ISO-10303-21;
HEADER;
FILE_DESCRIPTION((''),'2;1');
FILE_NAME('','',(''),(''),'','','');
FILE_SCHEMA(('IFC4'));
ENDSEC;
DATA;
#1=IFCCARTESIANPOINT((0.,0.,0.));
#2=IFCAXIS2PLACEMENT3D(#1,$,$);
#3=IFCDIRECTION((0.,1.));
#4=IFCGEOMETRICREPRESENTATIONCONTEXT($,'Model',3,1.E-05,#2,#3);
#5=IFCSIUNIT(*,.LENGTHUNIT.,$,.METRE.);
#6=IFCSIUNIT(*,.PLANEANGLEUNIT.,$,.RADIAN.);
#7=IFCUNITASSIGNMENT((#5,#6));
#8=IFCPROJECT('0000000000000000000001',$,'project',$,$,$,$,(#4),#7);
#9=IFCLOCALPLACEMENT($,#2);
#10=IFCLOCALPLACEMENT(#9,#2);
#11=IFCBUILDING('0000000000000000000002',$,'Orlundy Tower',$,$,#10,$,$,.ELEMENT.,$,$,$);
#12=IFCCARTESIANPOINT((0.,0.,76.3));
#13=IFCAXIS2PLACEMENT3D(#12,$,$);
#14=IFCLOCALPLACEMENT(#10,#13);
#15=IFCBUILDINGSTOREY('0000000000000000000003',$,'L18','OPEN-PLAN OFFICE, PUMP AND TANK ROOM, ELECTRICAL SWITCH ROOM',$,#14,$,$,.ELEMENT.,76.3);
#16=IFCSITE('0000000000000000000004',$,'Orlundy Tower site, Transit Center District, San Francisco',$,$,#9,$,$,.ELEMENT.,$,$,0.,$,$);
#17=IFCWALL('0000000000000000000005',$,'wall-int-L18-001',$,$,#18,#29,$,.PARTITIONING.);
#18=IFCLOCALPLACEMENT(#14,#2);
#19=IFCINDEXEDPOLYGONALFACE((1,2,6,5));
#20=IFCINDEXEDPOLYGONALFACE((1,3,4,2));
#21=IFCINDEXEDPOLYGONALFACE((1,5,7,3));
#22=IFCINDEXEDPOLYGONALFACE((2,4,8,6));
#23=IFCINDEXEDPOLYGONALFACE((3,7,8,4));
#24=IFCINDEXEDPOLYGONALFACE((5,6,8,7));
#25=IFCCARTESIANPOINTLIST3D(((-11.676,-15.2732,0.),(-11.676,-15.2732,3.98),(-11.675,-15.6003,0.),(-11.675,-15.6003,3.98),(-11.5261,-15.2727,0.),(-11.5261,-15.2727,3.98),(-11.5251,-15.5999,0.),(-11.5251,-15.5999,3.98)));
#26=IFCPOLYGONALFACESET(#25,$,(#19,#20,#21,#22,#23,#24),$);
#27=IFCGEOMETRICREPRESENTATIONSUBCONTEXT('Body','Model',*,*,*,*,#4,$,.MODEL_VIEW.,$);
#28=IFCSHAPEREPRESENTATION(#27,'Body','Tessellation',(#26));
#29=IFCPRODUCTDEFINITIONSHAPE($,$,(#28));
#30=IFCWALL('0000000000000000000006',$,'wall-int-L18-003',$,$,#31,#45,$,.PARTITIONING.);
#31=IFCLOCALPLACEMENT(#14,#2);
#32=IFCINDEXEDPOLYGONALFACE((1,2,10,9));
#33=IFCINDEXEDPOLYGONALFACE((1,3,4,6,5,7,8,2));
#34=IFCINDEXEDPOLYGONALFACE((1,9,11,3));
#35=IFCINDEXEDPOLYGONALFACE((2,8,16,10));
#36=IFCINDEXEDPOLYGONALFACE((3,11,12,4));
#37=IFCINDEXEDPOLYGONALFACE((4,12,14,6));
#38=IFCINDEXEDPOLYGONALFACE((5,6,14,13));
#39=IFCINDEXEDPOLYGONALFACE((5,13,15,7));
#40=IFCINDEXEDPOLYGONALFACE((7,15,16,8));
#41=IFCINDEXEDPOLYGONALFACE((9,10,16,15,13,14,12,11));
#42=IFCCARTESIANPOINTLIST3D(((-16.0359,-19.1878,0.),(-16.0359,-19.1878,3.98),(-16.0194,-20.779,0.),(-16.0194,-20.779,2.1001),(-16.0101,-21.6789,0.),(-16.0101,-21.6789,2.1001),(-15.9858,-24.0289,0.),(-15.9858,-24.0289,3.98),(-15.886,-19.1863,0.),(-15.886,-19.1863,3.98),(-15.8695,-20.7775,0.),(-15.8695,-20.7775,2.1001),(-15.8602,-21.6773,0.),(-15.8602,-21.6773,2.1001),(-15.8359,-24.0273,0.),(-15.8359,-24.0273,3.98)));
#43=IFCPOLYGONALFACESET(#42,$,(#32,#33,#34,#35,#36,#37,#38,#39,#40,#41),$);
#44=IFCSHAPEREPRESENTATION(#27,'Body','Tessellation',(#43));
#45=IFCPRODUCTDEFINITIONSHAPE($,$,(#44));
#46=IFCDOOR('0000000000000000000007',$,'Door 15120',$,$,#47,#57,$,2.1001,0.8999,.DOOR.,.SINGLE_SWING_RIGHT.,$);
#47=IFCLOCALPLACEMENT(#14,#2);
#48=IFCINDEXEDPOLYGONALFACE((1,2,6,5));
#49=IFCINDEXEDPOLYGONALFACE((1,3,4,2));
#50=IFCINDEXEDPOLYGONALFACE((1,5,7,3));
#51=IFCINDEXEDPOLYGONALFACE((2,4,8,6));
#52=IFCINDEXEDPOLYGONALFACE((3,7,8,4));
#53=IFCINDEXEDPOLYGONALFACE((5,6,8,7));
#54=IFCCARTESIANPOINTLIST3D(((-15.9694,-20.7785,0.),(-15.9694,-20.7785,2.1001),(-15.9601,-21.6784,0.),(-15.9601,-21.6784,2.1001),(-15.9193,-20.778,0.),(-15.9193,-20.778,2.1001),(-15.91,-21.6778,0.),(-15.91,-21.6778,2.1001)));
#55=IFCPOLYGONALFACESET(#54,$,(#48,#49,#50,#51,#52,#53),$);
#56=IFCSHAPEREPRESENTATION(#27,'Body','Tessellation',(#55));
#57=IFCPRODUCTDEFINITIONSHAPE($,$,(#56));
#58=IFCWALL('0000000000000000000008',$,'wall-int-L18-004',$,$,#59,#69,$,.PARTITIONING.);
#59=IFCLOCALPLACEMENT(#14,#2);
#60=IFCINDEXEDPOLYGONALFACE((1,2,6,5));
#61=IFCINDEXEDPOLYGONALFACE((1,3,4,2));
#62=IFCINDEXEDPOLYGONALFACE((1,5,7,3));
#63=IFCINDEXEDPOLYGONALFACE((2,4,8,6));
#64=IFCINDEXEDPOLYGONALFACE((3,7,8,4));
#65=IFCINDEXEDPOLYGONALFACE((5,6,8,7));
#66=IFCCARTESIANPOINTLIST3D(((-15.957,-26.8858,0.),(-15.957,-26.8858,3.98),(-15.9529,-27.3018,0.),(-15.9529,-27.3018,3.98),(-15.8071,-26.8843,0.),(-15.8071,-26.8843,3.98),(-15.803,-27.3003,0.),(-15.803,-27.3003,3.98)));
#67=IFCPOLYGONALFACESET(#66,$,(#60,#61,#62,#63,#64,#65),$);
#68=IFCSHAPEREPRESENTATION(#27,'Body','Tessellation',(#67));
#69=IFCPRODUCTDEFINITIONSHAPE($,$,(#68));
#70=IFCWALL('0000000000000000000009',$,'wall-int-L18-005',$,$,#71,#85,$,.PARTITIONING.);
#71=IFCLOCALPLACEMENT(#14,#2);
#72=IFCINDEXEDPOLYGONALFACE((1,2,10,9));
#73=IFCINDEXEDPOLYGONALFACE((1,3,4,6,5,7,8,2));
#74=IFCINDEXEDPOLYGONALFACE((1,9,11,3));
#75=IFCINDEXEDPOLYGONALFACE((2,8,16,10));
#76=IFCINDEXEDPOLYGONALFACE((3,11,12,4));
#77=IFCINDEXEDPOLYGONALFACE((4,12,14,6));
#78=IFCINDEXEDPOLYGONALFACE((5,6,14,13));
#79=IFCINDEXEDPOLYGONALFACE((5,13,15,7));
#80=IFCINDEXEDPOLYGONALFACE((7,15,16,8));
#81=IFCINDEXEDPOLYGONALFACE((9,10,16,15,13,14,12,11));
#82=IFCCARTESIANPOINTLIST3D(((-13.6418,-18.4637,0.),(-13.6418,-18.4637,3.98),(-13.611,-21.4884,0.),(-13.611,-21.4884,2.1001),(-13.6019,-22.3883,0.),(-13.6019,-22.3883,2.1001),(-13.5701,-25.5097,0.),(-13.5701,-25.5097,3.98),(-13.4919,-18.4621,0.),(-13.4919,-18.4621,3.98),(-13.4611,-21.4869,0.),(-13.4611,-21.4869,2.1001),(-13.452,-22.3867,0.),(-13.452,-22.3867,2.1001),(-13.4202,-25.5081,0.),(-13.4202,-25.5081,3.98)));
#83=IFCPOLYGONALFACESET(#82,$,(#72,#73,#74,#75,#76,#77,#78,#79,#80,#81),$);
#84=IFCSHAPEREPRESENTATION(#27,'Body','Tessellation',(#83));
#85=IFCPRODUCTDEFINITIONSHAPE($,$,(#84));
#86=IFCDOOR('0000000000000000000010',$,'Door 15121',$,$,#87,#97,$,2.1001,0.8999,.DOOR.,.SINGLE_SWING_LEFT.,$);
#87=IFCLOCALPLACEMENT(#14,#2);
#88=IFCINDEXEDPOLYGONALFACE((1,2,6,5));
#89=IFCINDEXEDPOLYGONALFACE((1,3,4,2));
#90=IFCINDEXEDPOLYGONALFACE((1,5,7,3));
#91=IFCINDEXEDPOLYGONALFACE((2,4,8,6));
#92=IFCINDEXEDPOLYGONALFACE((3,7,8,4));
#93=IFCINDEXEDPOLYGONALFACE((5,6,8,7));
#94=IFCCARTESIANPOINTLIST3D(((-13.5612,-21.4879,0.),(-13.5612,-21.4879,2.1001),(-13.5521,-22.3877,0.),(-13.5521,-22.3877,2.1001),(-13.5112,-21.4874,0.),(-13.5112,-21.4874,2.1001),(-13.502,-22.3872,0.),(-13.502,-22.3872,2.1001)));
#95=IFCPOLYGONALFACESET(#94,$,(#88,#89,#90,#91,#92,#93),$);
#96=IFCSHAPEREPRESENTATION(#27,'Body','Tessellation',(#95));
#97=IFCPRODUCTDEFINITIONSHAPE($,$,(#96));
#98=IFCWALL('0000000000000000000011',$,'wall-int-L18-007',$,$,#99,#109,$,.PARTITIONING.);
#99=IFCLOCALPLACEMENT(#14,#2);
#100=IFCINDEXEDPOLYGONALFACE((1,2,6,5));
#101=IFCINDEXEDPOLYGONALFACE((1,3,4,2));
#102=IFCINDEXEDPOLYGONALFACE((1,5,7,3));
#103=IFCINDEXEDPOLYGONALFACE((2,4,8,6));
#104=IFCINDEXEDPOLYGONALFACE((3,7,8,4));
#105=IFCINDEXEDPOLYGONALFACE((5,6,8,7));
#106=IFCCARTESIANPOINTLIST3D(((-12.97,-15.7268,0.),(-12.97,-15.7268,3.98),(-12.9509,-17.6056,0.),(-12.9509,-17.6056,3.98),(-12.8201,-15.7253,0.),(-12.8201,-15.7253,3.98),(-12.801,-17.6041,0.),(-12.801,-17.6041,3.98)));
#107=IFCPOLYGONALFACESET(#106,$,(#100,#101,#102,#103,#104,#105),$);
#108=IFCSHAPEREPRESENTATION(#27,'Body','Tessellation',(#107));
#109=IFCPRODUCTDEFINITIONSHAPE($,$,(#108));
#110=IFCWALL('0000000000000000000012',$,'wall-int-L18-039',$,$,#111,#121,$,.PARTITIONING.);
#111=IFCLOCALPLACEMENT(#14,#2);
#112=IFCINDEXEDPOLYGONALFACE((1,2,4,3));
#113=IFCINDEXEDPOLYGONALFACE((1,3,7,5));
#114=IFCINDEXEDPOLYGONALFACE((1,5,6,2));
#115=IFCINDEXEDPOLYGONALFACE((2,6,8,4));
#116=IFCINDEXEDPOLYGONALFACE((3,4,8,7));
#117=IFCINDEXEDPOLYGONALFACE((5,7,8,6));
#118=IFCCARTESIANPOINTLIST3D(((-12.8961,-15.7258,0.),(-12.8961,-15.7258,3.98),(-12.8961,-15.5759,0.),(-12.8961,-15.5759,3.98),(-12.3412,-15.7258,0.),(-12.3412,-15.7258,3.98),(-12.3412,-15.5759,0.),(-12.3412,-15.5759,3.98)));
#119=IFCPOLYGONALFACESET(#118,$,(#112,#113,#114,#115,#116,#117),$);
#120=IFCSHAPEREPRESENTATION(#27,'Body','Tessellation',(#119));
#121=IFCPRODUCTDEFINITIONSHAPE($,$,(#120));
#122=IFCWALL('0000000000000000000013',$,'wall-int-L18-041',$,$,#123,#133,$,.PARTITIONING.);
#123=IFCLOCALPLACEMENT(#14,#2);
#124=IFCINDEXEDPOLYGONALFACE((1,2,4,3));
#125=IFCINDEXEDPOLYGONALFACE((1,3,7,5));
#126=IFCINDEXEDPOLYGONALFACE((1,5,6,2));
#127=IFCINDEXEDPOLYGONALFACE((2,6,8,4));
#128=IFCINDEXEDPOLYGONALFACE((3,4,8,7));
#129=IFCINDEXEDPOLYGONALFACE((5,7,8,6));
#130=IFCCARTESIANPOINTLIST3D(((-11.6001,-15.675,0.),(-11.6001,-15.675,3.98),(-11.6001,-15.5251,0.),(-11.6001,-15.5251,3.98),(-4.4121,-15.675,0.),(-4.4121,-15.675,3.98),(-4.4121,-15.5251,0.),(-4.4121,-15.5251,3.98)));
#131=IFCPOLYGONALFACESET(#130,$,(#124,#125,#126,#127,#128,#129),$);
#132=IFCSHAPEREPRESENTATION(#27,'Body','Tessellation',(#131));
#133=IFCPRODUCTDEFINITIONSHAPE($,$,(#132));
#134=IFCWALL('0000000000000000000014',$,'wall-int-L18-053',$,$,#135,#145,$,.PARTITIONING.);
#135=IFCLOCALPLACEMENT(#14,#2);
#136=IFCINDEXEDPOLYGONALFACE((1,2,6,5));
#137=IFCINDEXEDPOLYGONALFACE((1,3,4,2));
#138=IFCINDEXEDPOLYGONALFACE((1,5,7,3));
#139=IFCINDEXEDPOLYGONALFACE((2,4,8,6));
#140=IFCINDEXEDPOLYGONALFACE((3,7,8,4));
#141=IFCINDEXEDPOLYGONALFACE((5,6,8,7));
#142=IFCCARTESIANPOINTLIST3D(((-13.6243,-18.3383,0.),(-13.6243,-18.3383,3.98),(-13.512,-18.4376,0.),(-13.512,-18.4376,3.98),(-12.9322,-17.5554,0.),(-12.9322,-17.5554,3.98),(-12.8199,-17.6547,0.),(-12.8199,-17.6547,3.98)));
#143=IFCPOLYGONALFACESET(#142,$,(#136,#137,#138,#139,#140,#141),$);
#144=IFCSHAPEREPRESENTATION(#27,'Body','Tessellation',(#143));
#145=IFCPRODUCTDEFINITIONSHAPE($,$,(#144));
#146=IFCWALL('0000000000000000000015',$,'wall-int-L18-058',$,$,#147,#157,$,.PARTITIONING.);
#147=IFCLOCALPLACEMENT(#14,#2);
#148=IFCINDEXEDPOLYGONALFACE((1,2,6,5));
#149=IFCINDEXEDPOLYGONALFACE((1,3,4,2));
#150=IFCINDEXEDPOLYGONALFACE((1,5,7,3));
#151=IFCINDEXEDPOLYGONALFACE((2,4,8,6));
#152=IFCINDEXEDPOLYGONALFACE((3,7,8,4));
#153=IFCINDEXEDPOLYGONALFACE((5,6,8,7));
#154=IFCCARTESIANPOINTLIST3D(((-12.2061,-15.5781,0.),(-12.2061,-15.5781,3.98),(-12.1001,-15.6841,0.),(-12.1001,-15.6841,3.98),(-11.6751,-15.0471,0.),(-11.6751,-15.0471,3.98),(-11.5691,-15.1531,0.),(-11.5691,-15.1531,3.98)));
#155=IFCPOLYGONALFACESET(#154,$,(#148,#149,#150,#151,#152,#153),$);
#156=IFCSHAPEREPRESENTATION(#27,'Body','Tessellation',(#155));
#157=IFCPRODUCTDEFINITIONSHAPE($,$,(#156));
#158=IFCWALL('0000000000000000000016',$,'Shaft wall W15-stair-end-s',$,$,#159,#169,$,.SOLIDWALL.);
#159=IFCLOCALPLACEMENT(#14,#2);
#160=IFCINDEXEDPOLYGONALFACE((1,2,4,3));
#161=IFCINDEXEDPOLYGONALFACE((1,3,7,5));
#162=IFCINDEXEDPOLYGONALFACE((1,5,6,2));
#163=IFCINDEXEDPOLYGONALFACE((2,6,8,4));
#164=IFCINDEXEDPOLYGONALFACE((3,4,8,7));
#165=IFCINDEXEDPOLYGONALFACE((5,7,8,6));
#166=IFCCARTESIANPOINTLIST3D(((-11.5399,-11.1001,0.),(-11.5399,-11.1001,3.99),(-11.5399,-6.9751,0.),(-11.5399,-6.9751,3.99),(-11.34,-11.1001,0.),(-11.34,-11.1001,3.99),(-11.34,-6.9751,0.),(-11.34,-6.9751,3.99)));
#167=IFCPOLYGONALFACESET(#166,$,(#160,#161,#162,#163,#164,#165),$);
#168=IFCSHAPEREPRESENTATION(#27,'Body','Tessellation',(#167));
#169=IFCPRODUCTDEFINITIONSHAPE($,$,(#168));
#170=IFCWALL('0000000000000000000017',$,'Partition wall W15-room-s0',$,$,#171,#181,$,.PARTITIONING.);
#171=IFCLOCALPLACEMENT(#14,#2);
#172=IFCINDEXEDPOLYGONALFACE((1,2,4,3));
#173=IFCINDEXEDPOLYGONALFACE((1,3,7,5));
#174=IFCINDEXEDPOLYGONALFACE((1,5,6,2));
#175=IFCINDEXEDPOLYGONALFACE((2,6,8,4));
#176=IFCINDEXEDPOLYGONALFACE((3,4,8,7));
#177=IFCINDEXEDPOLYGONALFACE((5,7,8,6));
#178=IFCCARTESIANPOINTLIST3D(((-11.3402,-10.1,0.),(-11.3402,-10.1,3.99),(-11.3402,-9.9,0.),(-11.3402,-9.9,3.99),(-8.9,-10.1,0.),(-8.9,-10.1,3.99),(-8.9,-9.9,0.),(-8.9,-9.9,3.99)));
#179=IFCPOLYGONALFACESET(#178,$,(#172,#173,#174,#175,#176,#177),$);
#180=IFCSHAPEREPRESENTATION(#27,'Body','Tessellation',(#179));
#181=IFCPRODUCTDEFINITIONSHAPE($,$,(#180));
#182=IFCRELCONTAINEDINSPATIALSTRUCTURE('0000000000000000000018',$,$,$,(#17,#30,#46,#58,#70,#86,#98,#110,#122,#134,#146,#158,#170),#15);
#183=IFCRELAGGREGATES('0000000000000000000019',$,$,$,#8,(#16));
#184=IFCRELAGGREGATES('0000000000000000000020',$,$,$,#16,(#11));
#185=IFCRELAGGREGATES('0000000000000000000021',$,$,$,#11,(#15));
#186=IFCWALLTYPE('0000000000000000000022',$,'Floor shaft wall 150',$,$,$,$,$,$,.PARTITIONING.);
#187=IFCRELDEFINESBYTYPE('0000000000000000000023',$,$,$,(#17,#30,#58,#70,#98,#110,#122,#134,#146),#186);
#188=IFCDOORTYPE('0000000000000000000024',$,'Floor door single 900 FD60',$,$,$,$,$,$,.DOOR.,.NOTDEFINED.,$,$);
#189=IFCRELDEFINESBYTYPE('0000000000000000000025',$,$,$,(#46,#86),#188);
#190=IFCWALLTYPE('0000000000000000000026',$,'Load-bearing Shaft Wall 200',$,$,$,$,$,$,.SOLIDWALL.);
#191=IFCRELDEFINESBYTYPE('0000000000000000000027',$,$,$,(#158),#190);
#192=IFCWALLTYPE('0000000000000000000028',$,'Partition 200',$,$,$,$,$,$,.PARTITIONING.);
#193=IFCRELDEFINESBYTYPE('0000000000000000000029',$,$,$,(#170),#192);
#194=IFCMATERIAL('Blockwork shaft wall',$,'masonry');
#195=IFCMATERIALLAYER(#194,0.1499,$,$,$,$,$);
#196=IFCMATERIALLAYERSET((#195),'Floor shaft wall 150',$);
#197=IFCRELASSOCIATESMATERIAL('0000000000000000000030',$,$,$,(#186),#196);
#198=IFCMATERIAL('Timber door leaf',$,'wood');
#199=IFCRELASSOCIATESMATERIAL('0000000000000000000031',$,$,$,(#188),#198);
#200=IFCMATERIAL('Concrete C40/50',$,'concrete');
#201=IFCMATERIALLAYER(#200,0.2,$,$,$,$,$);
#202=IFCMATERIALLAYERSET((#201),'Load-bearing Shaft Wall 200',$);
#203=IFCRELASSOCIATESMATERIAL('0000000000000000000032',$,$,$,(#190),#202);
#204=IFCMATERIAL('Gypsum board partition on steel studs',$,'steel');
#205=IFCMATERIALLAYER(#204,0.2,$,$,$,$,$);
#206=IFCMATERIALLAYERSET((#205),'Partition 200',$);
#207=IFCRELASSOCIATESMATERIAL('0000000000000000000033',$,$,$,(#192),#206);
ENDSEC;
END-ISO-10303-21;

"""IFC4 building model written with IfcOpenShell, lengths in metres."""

from ifc_helpers import new_model, si_unit, direction, frame, frame_2d, origin, place, context, subcontext, project, spatial, rectangle, extrude, material, layer, layer_set, type_object, element, fill, save


model = new_model("IFC4")

# Units and contexts
model_context = context("Model", 3, precision=1e-05, world=origin(), true_north=direction((0.0, 1.0)))
body_context = subcontext(model_context, "Body", "Model", "MODEL_VIEW")
ifc_project = project(units=[si_unit("LENGTHUNIT", "METRE"), si_unit("PLANEANGLEUNIT", "RADIAN")], contexts=[model_context])

# Site, building, storey
site_placement = place(None, origin())
site = spatial("IfcSite", under=ifc_project, at=site_placement, Name="Orlundy Tower site, Transit Center District, San Francisco", CompositionType="ELEMENT", RefElevation=0.0)
building_placement = place(site_placement, origin())
building = spatial("IfcBuilding", under=site, at=building_placement, Name="Orlundy Tower", CompositionType="ELEMENT")
storey_placement = place(building_placement, frame((0.0, 0.0, 76.3)))
storey = spatial("IfcBuildingStorey", under=building, at=storey_placement, Name="L18", Description="OPEN-PLAN OFFICE, PUMP AND TANK ROOM, ELECTRICAL SWITCH ROOM", CompositionType="ELEMENT", Elevation=76.3)

# Wall
ifc_material_1 = material(Name="Blockwork shaft wall", Category="masonry")
ifc_layer_1 = layer(ifc_material_1, 0.1499)
ifc_layer_set_1 = layer_set([ifc_layer_1], Name="Floor shaft wall 150")
wall_type_1 = type_object("IfcWallType", Name="Floor shaft wall 150", PredefinedType="PARTITIONING", material=ifc_layer_set_1)
wall_1_placement = place(storey_placement, frame((-11.6011, -15.2729, 0.0), z_axis=(0.0, 0.0, 1.0), x_axis=(0.002985, -0.999996, 0.0)))
element("IfcWall", 1, at=wall_1_placement, inside=storey, type_object=wall_type_1, Name="wall-int-L18-001", PredefinedType="PARTITIONING", context=body_context, shape_type="SweptSolid", body=[
    extrude(rectangle(XDim=0.3271, YDim=0.1499, at=frame_2d((0.1636, 0.0))), origin(), (0.0, 0.0, 1.0), 3.98),
])

# Wall, opening, door
wall_2_placement = place(storey_placement, frame((-15.9109, -24.0281, 0.0), z_axis=(0.0, 0.0, 1.0), x_axis=(-0.010338, 0.999947, 0.0)))
wall_2 = element("IfcWall", 2, at=wall_2_placement, inside=storey, type_object=wall_type_1, Name="wall-int-L18-003", PredefinedType="PARTITIONING", context=body_context, shape_type="SweptSolid", body=[
    extrude(rectangle(XDim=4.8413, YDim=0.1499, at=frame_2d((2.4207, 0.0))), origin(), (0.0, 0.0, 1.0), 3.98),
])
opening_1_placement = place(wall_2_placement, frame((2.3501, 0.0, 0.0)))
opening_1 = element("IfcOpeningElement", 3, at=opening_1_placement, cuts=wall_2, PredefinedType="OPENING", context=body_context, shape_type="SweptSolid", body=[
    extrude(rectangle(XDim=0.8999, YDim=2.1001, at=frame_2d((0.45, 1.05))), frame((0.0, 0.085, 0.0), z_axis=(0.0, -1.0, 0.0), x_axis=(1.0, 0.0, 0.0)), (0.0, 0.0, 1.0), 0.1699),
])
ifc_material_2 = material(Name="Timber door leaf", Category="wood")
door_type_1 = type_object("IfcDoorType", Name="Floor door single 900 FD60", OperationType="NOTDEFINED", PredefinedType="DOOR", material=ifc_material_2)
door_1_placement = place(opening_1_placement, origin())
door_1 = element("IfcDoor", 4, at=door_1_placement, inside=storey, type_object=door_type_1, Name="Door 15120", OperationType="SINGLE_SWING_RIGHT", OverallHeight=2.1001, OverallWidth=0.8999, PredefinedType="DOOR", context=body_context, shape_type="SweptSolid", body=[
    extrude(rectangle(XDim=0.8999, YDim=2.1001, at=frame_2d((0.45, 1.05))), frame((0.0, 0.0249, 0.0), z_axis=(0.0, -1.0, 0.0), x_axis=(1.0, 0.0, 0.0)), (0.0, 0.0, 1.0), 0.05),
])
fill(opening_1, door_1)

# Wall
wall_3_placement = place(storey_placement, frame((-15.8821, -26.885, 0.0), z_axis=(0.0, 0.0, 1.0), x_axis=(0.009976, -0.99995, 0.0)))
element("IfcWall", 5, at=wall_3_placement, inside=storey, type_object=wall_type_1, Name="wall-int-L18-004", PredefinedType="PARTITIONING", context=body_context, shape_type="SweptSolid", body=[
    extrude(rectangle(XDim=0.416, YDim=0.1499, at=frame_2d((0.208, 0.0))), origin(), (0.0, 0.0, 1.0), 3.98),
])

# Wall, opening, door
wall_4_placement = place(storey_placement, frame((-13.5669, -18.4629, 0.0), z_axis=(0.0, 0.0, 1.0), x_axis=(0.010186, -0.999948, 0.0)))
wall_4 = element("IfcWall", 6, at=wall_4_placement, inside=storey, type_object=wall_type_1, Name="wall-int-L18-005", PredefinedType="PARTITIONING", context=body_context, shape_type="SweptSolid", body=[
    extrude(rectangle(XDim=7.0464, YDim=0.1499, at=frame_2d((3.5232, 0.0))), origin(), (0.0, 0.0, 1.0), 3.98),
])
opening_2_placement = place(wall_4_placement, frame((3.0249, 0.0, 0.0)))
opening_2 = element("IfcOpeningElement", 7, at=opening_2_placement, cuts=wall_4, PredefinedType="OPENING", context=body_context, shape_type="SweptSolid", body=[
    extrude(rectangle(XDim=0.8999, YDim=2.1001, at=frame_2d((0.45, 1.05))), frame((0.0, 0.085, 0.0), z_axis=(0.0, -1.0, 0.0), x_axis=(1.0, 0.0, 0.0)), (0.0, 0.0, 1.0), 0.1699),
])
door_2_placement = place(opening_2_placement, origin())
door_2 = element("IfcDoor", 8, at=door_2_placement, inside=storey, type_object=door_type_1, Name="Door 15121", OperationType="SINGLE_SWING_LEFT", OverallHeight=2.1001, OverallWidth=0.8999, PredefinedType="DOOR", context=body_context, shape_type="SweptSolid", body=[
    extrude(rectangle(XDim=0.8999, YDim=2.1001, at=frame_2d((0.45, 1.05))), frame((0.0, 0.0249, 0.0), z_axis=(0.0, -1.0, 0.0), x_axis=(1.0, 0.0, 0.0)), (0.0, 0.0, 1.0), 0.05),
])
fill(opening_2, door_2)

# Walls
wall_5_placement = place(storey_placement, frame((-12.895, -15.7261, 0.0), z_axis=(0.0, 0.0, 1.0), x_axis=(0.010135, -0.999949, 0.0)))
element("IfcWall", 9, at=wall_5_placement, inside=storey, type_object=wall_type_1, Name="wall-int-L18-007", PredefinedType="PARTITIONING", context=body_context, shape_type="SweptSolid", body=[
    extrude(rectangle(XDim=1.8789, YDim=0.1499, at=frame_2d((0.9395, 0.0))), origin(), (0.0, 0.0, 1.0), 3.98),
])
wall_6_placement = place(storey_placement, frame((-12.896, -15.6509, 0.0), z_axis=(0.0, 0.0, 1.0), x_axis=(1.0, 0.0, 0.0)))
element("IfcWall", 10, at=wall_6_placement, inside=storey, type_object=wall_type_1, Name="wall-int-L18-039", PredefinedType="PARTITIONING", context=body_context, shape_type="SweptSolid", body=[
    extrude(rectangle(XDim=0.5549, YDim=0.1499, at=frame_2d((0.2773, 0.0))), origin(), (0.0, 0.0, 1.0), 3.98),
])
wall_7_placement = place(storey_placement, frame((-11.6001, -15.6001, 0.0), z_axis=(0.0, 0.0, 1.0), x_axis=(1.0, 0.0, 0.0)))
element("IfcWall", 11, at=wall_7_placement, inside=storey, type_object=wall_type_1, Name="wall-int-L18-041", PredefinedType="PARTITIONING", context=body_context, shape_type="SweptSolid", body=[
    extrude(rectangle(XDim=7.188, YDim=0.1499, at=frame_2d((3.594, 0.0))), origin(), (0.0, 0.0, 1.0), 3.98),
])
wall_8_placement = place(storey_placement, frame((-13.5681, -18.3879, 0.0), z_axis=(0.0, 0.0, 1.0), x_axis=(0.662317, 0.749224, 0.0)))
element("IfcWall", 12, at=wall_8_placement, inside=storey, type_object=wall_type_1, Name="wall-int-L18-053", PredefinedType="PARTITIONING", context=body_context, shape_type="SweptSolid", body=[
    extrude(rectangle(XDim=1.0449, YDim=0.1499, at=frame_2d((0.5225, 0.0))), origin(), (0.0, 0.0, 1.0), 3.98),
])
wall_9_placement = place(storey_placement, frame((-12.1531, -15.6311, 0.0), z_axis=(0.0, 0.0, 1.0), x_axis=(0.707107, 0.707107, 0.0)))
element("IfcWall", 13, at=wall_9_placement, inside=storey, type_object=wall_type_1, Name="wall-int-L18-058", PredefinedType="PARTITIONING", context=body_context, shape_type="SweptSolid", body=[
    extrude(rectangle(XDim=0.751, YDim=0.1499, at=frame_2d((0.3755, 0.0))), origin(), (0.0, 0.0, 1.0), 3.98),
])
ifc_material_3 = material(Name="Concrete C40/50", Category="concrete")
ifc_layer_2 = layer(ifc_material_3, 0.2)
ifc_layer_set_2 = layer_set([ifc_layer_2], Name="Load-bearing Shaft Wall 200")
wall_type_2 = type_object("IfcWallType", Name="Load-bearing Shaft Wall 200", PredefinedType="SOLIDWALL", material=ifc_layer_set_2)
wall_10_placement = place(storey_placement, frame((-11.4399, -11.1001, 0.0), z_axis=(0.0, 0.0, 1.0), x_axis=(0.0, 1.0, 0.0)))
element("IfcWall", 14, at=wall_10_placement, inside=storey, type_object=wall_type_2, Name="Shaft wall W15-stair-end-s", PredefinedType="SOLIDWALL", context=body_context, shape_type="SweptSolid", body=[
    extrude(rectangle(XDim=4.125, YDim=0.2, at=frame_2d((2.0625, 0.0))), origin(), (0.0, 0.0, 1.0), 3.99),
])
ifc_material_4 = material(Name="Gypsum board partition on steel studs", Category="steel")
ifc_layer_3 = layer(ifc_material_4, 0.2)
ifc_layer_set_3 = layer_set([ifc_layer_3], Name="Partition 200")
wall_type_3 = type_object("IfcWallType", Name="Partition 200", PredefinedType="PARTITIONING", material=ifc_layer_set_3)
wall_11_placement = place(storey_placement, frame((-8.8999, -10.0, 0.0), z_axis=(0.0, 0.0, 1.0), x_axis=(-1.0, 0.0, 0.0)))
element("IfcWall", 15, at=wall_11_placement, inside=storey, type_object=wall_type_3, Name="Partition wall W15-room-s0", PredefinedType="PARTITIONING", context=body_context, shape_type="SweptSolid", body=[
    extrude(rectangle(XDim=2.4402, YDim=0.2, at=frame_2d((1.2202, 0.0))), origin(), (0.0, 0.0, 1.0), 3.99),
])

save(model, "model.ifc")
